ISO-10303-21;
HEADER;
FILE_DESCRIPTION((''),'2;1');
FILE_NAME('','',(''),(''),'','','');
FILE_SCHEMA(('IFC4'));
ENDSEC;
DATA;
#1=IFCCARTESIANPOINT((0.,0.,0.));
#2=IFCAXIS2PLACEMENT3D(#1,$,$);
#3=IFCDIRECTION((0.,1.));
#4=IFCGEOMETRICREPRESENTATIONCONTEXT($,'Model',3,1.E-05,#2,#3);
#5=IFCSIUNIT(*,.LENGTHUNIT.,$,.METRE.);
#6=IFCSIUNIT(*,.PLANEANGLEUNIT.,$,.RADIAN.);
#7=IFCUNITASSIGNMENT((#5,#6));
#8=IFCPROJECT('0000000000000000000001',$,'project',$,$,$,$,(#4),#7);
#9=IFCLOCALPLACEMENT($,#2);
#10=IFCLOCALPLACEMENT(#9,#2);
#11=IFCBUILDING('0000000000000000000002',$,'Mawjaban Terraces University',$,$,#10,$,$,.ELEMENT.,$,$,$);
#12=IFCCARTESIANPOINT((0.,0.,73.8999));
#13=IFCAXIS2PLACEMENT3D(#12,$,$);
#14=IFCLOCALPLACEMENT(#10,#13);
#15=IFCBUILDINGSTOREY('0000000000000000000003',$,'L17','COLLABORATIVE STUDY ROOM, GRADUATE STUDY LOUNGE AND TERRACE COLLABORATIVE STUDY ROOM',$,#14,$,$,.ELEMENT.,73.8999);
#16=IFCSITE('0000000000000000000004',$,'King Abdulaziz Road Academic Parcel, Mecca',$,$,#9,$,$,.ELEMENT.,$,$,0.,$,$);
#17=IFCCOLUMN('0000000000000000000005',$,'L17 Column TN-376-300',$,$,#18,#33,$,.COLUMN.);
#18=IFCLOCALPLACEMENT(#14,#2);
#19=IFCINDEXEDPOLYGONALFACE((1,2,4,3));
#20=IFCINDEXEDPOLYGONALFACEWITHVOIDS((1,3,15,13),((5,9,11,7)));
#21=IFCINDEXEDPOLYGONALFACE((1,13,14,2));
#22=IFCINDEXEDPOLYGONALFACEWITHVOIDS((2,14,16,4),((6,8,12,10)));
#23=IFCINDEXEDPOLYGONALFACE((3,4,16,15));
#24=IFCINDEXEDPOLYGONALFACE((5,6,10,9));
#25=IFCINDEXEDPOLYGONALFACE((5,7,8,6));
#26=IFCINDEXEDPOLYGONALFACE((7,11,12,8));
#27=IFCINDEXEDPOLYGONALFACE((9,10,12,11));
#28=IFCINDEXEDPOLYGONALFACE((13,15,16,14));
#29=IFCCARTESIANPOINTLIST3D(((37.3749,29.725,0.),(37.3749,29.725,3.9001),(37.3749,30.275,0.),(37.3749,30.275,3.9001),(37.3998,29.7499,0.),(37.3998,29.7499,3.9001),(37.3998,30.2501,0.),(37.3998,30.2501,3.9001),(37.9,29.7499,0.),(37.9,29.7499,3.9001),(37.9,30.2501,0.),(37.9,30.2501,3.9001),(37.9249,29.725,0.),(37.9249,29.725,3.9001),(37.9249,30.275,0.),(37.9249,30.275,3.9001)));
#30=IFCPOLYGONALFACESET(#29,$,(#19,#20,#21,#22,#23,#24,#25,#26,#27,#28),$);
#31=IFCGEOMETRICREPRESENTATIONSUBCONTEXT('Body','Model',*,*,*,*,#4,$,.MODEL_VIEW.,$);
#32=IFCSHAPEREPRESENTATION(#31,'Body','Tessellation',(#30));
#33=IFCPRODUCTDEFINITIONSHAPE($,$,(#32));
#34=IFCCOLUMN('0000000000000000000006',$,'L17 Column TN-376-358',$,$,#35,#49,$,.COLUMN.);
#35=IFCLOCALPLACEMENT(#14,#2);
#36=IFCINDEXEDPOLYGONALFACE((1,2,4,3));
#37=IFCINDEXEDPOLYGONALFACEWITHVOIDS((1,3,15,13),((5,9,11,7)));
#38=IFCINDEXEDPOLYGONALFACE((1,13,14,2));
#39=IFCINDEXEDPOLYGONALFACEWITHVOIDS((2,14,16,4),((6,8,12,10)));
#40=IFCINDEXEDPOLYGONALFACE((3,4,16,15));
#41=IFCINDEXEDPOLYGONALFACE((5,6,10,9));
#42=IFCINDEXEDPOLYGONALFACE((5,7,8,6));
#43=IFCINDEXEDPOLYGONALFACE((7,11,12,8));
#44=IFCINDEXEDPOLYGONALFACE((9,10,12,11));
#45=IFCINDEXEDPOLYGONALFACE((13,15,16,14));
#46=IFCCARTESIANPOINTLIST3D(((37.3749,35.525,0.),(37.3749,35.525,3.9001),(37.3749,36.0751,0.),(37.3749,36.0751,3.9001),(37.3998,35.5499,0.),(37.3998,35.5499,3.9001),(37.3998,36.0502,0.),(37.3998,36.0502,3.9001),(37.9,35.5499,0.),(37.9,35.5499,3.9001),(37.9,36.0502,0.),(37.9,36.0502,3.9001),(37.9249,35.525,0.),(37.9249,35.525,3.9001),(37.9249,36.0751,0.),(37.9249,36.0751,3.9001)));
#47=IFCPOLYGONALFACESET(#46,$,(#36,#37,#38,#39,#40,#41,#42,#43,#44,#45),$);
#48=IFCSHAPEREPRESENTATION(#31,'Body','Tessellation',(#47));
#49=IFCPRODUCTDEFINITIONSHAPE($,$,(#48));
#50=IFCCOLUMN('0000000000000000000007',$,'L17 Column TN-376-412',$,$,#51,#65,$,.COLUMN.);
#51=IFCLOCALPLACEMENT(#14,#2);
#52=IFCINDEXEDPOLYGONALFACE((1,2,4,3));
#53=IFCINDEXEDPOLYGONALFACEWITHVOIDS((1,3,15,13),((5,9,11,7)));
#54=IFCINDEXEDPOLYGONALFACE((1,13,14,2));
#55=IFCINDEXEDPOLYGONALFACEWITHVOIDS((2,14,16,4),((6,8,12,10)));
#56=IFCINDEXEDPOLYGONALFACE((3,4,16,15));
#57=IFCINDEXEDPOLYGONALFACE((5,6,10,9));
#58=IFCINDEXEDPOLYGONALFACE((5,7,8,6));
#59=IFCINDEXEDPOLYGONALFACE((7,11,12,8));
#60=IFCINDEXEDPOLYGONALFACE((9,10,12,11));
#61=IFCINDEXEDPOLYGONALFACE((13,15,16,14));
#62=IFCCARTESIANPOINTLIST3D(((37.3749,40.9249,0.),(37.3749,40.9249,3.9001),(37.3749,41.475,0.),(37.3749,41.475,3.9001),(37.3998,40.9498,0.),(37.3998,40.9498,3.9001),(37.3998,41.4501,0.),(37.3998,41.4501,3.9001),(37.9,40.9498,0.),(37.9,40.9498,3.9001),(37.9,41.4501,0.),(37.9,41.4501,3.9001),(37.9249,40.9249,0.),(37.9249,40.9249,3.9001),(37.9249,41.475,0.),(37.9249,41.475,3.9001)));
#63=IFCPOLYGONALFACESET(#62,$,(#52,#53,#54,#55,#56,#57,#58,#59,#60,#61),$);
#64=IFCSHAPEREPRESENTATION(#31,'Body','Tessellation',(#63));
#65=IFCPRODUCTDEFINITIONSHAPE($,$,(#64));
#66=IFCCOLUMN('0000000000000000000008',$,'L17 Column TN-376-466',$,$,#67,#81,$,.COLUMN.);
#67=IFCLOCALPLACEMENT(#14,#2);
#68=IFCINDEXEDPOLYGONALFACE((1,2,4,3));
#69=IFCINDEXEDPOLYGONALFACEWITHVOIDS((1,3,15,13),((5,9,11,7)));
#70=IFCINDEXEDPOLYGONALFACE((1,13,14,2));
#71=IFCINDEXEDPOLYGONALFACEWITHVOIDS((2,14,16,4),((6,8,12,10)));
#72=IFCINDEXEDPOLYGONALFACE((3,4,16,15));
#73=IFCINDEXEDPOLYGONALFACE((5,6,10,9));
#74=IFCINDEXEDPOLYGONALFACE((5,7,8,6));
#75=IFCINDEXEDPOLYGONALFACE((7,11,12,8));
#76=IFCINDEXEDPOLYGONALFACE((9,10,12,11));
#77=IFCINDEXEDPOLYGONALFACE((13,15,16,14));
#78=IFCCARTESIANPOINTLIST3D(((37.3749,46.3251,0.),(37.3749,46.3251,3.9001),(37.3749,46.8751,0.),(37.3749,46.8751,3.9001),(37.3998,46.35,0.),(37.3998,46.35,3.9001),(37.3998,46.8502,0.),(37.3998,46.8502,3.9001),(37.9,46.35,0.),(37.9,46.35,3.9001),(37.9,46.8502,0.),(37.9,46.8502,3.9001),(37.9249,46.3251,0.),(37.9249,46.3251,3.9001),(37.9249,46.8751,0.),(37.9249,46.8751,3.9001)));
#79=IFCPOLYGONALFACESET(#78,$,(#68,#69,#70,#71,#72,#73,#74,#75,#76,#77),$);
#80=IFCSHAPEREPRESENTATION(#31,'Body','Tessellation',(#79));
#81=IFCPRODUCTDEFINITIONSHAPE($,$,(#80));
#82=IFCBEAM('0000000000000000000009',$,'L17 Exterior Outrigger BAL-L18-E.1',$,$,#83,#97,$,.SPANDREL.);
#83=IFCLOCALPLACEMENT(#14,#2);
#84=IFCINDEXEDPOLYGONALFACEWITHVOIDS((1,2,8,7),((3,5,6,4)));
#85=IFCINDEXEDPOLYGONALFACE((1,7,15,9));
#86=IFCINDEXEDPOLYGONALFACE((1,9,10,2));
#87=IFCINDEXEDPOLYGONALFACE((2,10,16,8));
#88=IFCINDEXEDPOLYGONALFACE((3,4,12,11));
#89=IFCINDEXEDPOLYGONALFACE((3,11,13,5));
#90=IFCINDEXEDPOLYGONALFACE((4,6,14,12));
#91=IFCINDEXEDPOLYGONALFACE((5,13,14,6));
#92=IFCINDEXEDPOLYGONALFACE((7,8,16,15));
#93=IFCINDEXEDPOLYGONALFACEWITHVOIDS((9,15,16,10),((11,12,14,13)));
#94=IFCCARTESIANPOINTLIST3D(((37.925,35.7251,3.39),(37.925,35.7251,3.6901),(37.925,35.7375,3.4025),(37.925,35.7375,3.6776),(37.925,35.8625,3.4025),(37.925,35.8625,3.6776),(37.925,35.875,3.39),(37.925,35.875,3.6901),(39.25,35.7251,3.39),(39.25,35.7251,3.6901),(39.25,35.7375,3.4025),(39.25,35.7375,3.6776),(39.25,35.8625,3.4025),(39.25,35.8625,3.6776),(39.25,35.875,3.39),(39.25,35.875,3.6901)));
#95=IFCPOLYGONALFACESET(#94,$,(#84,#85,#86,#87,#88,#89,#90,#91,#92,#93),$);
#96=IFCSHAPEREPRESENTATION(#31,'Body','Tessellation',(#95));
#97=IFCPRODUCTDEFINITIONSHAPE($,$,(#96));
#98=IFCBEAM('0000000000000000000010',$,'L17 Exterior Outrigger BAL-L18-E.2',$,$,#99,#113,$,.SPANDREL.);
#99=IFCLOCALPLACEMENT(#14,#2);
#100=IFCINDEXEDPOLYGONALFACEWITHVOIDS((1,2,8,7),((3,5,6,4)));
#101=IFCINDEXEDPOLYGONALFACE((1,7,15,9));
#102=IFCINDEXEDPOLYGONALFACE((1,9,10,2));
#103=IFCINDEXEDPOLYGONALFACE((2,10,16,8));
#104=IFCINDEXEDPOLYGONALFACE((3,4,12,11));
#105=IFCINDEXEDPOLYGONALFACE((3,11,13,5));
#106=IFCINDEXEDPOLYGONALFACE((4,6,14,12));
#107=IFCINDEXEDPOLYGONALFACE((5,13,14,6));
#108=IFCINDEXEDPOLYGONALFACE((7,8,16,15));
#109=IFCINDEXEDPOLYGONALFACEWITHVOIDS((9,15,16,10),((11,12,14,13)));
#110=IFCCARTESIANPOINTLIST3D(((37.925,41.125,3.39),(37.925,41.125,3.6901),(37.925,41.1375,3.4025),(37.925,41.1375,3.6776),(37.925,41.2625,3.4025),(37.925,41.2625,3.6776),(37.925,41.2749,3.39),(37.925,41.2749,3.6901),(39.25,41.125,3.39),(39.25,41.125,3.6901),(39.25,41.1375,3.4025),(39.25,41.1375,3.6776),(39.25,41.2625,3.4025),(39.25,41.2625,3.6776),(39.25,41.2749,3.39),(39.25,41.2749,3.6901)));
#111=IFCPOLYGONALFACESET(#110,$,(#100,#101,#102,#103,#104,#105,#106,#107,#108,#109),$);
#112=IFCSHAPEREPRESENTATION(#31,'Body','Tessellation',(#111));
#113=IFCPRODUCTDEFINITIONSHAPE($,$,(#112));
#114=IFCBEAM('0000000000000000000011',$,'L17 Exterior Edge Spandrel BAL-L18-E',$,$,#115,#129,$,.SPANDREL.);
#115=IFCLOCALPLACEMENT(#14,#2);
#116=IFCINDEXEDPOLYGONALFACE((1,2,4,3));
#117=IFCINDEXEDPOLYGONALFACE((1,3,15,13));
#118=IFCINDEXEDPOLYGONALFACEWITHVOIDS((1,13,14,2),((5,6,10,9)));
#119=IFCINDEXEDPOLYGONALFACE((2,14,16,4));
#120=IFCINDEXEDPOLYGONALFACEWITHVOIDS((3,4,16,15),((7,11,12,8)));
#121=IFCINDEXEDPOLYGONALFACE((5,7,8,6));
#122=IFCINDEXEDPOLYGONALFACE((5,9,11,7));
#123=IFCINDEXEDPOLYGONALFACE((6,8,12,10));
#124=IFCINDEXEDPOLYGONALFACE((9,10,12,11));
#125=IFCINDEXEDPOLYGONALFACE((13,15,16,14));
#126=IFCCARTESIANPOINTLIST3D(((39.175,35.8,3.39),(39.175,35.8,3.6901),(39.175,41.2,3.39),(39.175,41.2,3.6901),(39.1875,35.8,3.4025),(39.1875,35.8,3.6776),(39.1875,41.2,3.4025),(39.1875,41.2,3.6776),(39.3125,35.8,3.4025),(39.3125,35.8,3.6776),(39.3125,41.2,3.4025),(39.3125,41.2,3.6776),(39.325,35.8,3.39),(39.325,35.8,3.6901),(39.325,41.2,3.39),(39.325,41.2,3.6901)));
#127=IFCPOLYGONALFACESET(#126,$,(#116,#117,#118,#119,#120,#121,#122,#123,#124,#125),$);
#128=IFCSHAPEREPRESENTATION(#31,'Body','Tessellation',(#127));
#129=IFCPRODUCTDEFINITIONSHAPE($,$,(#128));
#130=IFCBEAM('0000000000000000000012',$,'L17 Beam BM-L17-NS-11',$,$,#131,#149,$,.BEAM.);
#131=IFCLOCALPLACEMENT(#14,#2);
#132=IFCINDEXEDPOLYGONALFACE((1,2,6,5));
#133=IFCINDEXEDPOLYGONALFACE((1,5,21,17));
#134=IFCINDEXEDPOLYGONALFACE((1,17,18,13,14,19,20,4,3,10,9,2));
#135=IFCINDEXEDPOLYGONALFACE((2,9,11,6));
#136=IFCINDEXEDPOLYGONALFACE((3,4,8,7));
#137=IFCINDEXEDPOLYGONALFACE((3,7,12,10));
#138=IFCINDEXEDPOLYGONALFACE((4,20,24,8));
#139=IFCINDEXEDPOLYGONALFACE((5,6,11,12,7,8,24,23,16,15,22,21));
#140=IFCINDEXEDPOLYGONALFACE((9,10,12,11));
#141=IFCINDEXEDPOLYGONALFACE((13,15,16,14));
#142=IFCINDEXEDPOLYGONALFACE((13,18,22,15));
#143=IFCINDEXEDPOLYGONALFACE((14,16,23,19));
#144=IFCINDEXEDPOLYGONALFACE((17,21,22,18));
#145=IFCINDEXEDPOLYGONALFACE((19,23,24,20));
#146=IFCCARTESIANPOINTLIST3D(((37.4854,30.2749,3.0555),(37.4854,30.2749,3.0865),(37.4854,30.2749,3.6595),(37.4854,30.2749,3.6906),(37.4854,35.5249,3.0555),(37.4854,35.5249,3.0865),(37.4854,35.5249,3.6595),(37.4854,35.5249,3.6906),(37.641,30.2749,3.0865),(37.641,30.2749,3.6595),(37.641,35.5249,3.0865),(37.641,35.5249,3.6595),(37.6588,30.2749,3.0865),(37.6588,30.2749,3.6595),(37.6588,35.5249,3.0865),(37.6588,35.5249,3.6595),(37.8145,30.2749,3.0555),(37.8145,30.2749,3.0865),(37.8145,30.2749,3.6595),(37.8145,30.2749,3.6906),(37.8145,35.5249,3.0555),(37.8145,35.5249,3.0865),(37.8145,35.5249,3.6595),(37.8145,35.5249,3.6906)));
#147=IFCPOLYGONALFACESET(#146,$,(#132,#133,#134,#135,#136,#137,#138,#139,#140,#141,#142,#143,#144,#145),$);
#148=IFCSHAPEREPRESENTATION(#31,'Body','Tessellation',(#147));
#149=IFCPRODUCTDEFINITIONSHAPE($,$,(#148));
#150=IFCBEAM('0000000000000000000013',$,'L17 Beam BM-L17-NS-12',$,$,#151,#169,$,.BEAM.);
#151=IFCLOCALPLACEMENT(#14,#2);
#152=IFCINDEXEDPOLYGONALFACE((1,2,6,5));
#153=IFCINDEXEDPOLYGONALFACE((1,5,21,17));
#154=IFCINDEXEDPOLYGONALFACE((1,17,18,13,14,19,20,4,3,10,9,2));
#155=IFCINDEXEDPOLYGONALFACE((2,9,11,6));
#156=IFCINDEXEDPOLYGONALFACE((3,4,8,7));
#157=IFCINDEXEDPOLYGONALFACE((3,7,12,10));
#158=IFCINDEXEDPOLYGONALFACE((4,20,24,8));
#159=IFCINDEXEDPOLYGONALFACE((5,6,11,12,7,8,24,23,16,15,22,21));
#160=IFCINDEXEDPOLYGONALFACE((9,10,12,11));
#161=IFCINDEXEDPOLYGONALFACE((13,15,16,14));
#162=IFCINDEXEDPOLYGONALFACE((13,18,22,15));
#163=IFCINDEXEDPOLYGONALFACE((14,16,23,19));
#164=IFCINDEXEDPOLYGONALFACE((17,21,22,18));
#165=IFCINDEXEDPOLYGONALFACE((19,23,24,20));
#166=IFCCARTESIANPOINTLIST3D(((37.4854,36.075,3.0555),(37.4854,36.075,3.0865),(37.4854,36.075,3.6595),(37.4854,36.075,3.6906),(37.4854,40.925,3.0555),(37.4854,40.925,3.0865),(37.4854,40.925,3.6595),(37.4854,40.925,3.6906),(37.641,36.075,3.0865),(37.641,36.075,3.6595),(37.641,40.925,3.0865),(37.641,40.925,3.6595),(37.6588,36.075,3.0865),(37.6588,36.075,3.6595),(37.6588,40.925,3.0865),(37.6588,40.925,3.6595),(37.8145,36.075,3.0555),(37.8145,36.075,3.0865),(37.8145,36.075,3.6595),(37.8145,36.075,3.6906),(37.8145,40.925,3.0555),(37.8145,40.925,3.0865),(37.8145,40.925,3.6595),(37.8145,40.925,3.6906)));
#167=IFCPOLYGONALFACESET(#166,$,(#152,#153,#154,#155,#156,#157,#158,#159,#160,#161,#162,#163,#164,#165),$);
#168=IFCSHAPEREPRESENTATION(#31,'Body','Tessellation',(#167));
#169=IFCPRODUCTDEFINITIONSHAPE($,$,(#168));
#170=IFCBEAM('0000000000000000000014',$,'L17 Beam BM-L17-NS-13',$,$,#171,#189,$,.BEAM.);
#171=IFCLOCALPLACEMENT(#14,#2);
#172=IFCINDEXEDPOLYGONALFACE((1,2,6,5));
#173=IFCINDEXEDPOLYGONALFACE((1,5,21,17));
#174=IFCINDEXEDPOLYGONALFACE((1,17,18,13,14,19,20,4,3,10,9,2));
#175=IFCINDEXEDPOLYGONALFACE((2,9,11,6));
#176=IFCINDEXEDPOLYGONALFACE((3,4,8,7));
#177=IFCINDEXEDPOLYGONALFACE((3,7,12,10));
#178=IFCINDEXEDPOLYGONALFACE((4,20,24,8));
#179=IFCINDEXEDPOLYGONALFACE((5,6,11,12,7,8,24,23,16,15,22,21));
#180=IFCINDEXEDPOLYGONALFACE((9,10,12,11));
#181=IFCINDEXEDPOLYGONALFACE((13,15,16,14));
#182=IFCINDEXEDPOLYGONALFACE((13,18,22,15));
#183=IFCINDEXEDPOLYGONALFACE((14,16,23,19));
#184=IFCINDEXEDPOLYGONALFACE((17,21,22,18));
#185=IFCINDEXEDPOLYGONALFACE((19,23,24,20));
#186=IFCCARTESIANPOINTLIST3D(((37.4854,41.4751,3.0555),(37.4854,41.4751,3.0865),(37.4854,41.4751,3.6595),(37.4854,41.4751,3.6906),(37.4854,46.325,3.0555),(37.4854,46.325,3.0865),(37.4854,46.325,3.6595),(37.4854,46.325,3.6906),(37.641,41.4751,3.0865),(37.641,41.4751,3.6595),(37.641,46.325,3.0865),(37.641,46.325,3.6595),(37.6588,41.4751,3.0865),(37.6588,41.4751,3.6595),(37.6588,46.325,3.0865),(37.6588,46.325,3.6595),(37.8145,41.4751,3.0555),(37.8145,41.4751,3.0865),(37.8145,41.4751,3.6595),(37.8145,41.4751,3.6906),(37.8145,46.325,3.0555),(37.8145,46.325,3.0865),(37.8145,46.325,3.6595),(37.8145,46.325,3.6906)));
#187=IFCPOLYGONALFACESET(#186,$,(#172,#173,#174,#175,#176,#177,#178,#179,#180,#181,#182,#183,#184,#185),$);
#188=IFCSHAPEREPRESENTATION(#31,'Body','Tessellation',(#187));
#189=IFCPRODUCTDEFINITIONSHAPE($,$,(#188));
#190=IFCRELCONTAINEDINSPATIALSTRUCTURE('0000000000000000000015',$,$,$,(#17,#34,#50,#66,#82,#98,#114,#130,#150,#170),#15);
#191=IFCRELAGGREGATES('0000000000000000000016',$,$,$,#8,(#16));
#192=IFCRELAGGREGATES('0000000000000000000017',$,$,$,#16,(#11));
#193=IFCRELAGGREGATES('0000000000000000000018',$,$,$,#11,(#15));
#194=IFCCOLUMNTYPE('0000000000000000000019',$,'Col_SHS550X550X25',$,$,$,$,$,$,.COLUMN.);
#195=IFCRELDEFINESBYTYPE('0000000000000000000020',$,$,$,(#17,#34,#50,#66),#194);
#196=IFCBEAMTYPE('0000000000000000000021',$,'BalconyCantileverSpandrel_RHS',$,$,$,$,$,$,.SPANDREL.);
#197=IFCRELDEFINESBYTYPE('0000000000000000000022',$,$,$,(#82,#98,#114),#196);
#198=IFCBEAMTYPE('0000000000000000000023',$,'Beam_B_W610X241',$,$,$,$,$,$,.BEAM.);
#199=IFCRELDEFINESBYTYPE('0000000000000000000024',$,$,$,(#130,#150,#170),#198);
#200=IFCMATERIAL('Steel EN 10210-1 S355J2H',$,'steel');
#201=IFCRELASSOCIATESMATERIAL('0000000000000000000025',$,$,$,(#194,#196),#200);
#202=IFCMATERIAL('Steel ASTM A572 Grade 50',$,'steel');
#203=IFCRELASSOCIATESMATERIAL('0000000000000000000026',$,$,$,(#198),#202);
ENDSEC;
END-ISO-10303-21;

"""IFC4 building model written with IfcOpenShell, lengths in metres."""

from ifc_helpers import new_model, si_unit, direction, frame, origin, origin_2d, place, context, subcontext, project, spatial, hollow_rectangle, i_section, extrude, material, material_profile, profile_set, type_object, element, save


model = new_model("IFC4")

# Units and contexts
model_context = context("Model", 3, precision=1e-05, world=origin(), true_north=direction((0.0, 1.0)))
body_context = subcontext(model_context, "Body", "Model", "MODEL_VIEW")
ifc_project = project(units=[si_unit("LENGTHUNIT", "METRE"), si_unit("PLANEANGLEUNIT", "RADIAN")], contexts=[model_context])

# Site, building, storey
site_placement = place(None, origin())
site = spatial("IfcSite", under=ifc_project, at=site_placement, Name="King Abdulaziz Road Academic Parcel, Mecca", CompositionType="ELEMENT", RefElevation=0.0)
building_placement = place(site_placement, origin())
building = spatial("IfcBuilding", under=site, at=building_placement, Name="Mawjaban Terraces University", CompositionType="ELEMENT")
storey_placement = place(building_placement, frame((0.0, 0.0, 73.8999)))
storey = spatial("IfcBuildingStorey", under=building, at=storey_placement, Name="L17", Description="COLLABORATIVE STUDY ROOM, GRADUATE STUDY LOUNGE AND TERRACE COLLABORATIVE STUDY ROOM", CompositionType="ELEMENT", Elevation=73.8999)

# Columns
ifc_material_1 = material(Name="Steel EN 10210-1 S355J2H", Category="steel")
ifc_material_profile_1 = material_profile(ifc_material_1, hollow_rectangle(XDim=0.55, YDim=0.55, WallThickness=0.0249, at=origin_2d()), Name="SHS550X550X25")
ifc_profile_set_1 = profile_set([ifc_material_profile_1], Name="Steel EN 10210-1 S355J2H")
column_type = type_object("IfcColumnType", Name="Col_SHS550X550X25", PredefinedType="COLUMN", material=ifc_profile_set_1)
for number, where, z_axis, x_axis, name in (
    (1, (37.6499, 30.0, 0.0), (0.0, 0.0, 1.0), (1.0, 0.0, 0.0), "L17 Column TN-376-300"),
    (2, (37.6499, 35.8, 0.0), (0.0, 0.0, 1.0), (1.0, 0.0, 0.0), "L17 Column TN-376-358"),
    (3, (37.6499, 41.2, 0.0), (0.0, 0.0, 1.0), (1.0, 0.0, 0.0), "L17 Column TN-376-412"),
    (4, (37.6499, 46.6001, 0.0), (0.0, 0.0, 1.0), (1.0, 0.0, 0.0), "L17 Column TN-376-466"),
):
    element("IfcColumn", number, at=place(storey_placement, frame(where, z_axis=z_axis, x_axis=x_axis)), inside=storey, type_object=column_type, Name=name, PredefinedType="COLUMN", context=body_context, shape_type="SweptSolid", body=[
        extrude(hollow_rectangle(XDim=0.55, YDim=0.55, WallThickness=0.0249, at=origin_2d()), origin(), (0.0, 0.0, 1.0), 3.9001),
    ])

# Beams
ifc_material_profile_2 = material_profile(ifc_material_1, hollow_rectangle(XDim=0.1499, YDim=0.3, WallThickness=0.0125, at=origin_2d()), Name="RHS300X150X12.5")
ifc_profile_set_2 = profile_set([ifc_material_profile_2], Name="Steel EN 10210-1 S355J2H")
beam_type_1 = type_object("IfcBeamType", Name="BalconyCantileverSpandrel_RHS", PredefinedType="SPANDREL", material=ifc_profile_set_2)
for number, where, z_axis, x_axis, name in (
    (5, (37.925, 35.8, 3.54), (1.0, 0.0, 0.0), (0.0, 1.0, 0.0), "L17 Exterior Outrigger BAL-L18-E.1"),
    (6, (37.925, 41.2, 3.54), (1.0, 0.0, 0.0), (0.0, 1.0, 0.0), "L17 Exterior Outrigger BAL-L18-E.2"),
):
    element("IfcBeam", number, at=place(storey_placement, frame(where, z_axis=z_axis, x_axis=x_axis)), inside=storey, type_object=beam_type_1, Name=name, PredefinedType="SPANDREL", context=body_context, shape_type="SweptSolid", body=[
        extrude(hollow_rectangle(XDim=0.1499, YDim=0.3, WallThickness=0.0125, at=origin_2d()), origin(), (0.0, 0.0, 1.0), 1.325),
    ])
beam_1_placement = place(storey_placement, frame((39.25, 35.8, 3.54), z_axis=(0.0, 1.0, 0.0), x_axis=(-1.0, 0.0, 0.0)))
element("IfcBeam", 7, at=beam_1_placement, inside=storey, type_object=beam_type_1, Name="L17 Exterior Edge Spandrel BAL-L18-E", PredefinedType="SPANDREL", context=body_context, shape_type="SweptSolid", body=[
    extrude(hollow_rectangle(XDim=0.1499, YDim=0.3, WallThickness=0.0125, at=origin_2d()), origin(), (0.0, 0.0, 1.0), 5.3999),
])
ifc_material_2 = material(Name="Steel ASTM A572 Grade 50", Category="steel")
ifc_material_profile_3 = material_profile(ifc_material_2, i_section(OverallWidth=0.3291, OverallDepth=0.635, WebThickness=0.0178, FlangeThickness=0.031, at=origin_2d()), Name="W610X241")
ifc_profile_set_3 = profile_set([ifc_material_profile_3], Name="Steel ASTM A572 Grade 50")
beam_type_2 = type_object("IfcBeamType", Name="Beam_B_W610X241", PredefinedType="BEAM", material=ifc_profile_set_3)
beam_2_placement = place(storey_placement, frame((37.6499, 30.2749, 3.373), z_axis=(0.0, 1.0, 0.0), x_axis=(-1.0, 0.0, 0.0)))
element("IfcBeam", 8, at=beam_2_placement, inside=storey, type_object=beam_type_2, Name="L17 Beam BM-L17-NS-11", PredefinedType="BEAM", context=body_context, shape_type="SweptSolid", body=[
    extrude(i_section(OverallWidth=0.3291, OverallDepth=0.635, WebThickness=0.0178, FlangeThickness=0.031, at=origin_2d()), origin(), (0.0, 0.0, 1.0), 5.25),
])
beam_3_placement = place(storey_placement, frame((37.6499, 36.075, 3.373), z_axis=(0.0, 1.0, 0.0), x_axis=(-1.0, 0.0, 0.0)))
element("IfcBeam", 9, at=beam_3_placement, inside=storey, type_object=beam_type_2, Name="L17 Beam BM-L17-NS-12", PredefinedType="BEAM", context=body_context, shape_type="SweptSolid", body=[
    extrude(i_section(OverallWidth=0.3291, OverallDepth=0.635, WebThickness=0.0178, FlangeThickness=0.031, at=origin_2d()), origin(), (0.0, 0.0, 1.0), 4.8501),
])
beam_4_placement = place(storey_placement, frame((37.6499, 41.4751, 3.373), z_axis=(0.0, 1.0, 0.0), x_axis=(-1.0, 0.0, 0.0)))
element("IfcBeam", 10, at=beam_4_placement, inside=storey, type_object=beam_type_2, Name="L17 Beam BM-L17-NS-13", PredefinedType="BEAM", context=body_context, shape_type="SweptSolid", body=[
    extrude(i_section(OverallWidth=0.3291, OverallDepth=0.635, WebThickness=0.0178, FlangeThickness=0.031, at=origin_2d()), origin(), (0.0, 0.0, 1.0), 4.8499),
])

save(model, "model.ifc")
